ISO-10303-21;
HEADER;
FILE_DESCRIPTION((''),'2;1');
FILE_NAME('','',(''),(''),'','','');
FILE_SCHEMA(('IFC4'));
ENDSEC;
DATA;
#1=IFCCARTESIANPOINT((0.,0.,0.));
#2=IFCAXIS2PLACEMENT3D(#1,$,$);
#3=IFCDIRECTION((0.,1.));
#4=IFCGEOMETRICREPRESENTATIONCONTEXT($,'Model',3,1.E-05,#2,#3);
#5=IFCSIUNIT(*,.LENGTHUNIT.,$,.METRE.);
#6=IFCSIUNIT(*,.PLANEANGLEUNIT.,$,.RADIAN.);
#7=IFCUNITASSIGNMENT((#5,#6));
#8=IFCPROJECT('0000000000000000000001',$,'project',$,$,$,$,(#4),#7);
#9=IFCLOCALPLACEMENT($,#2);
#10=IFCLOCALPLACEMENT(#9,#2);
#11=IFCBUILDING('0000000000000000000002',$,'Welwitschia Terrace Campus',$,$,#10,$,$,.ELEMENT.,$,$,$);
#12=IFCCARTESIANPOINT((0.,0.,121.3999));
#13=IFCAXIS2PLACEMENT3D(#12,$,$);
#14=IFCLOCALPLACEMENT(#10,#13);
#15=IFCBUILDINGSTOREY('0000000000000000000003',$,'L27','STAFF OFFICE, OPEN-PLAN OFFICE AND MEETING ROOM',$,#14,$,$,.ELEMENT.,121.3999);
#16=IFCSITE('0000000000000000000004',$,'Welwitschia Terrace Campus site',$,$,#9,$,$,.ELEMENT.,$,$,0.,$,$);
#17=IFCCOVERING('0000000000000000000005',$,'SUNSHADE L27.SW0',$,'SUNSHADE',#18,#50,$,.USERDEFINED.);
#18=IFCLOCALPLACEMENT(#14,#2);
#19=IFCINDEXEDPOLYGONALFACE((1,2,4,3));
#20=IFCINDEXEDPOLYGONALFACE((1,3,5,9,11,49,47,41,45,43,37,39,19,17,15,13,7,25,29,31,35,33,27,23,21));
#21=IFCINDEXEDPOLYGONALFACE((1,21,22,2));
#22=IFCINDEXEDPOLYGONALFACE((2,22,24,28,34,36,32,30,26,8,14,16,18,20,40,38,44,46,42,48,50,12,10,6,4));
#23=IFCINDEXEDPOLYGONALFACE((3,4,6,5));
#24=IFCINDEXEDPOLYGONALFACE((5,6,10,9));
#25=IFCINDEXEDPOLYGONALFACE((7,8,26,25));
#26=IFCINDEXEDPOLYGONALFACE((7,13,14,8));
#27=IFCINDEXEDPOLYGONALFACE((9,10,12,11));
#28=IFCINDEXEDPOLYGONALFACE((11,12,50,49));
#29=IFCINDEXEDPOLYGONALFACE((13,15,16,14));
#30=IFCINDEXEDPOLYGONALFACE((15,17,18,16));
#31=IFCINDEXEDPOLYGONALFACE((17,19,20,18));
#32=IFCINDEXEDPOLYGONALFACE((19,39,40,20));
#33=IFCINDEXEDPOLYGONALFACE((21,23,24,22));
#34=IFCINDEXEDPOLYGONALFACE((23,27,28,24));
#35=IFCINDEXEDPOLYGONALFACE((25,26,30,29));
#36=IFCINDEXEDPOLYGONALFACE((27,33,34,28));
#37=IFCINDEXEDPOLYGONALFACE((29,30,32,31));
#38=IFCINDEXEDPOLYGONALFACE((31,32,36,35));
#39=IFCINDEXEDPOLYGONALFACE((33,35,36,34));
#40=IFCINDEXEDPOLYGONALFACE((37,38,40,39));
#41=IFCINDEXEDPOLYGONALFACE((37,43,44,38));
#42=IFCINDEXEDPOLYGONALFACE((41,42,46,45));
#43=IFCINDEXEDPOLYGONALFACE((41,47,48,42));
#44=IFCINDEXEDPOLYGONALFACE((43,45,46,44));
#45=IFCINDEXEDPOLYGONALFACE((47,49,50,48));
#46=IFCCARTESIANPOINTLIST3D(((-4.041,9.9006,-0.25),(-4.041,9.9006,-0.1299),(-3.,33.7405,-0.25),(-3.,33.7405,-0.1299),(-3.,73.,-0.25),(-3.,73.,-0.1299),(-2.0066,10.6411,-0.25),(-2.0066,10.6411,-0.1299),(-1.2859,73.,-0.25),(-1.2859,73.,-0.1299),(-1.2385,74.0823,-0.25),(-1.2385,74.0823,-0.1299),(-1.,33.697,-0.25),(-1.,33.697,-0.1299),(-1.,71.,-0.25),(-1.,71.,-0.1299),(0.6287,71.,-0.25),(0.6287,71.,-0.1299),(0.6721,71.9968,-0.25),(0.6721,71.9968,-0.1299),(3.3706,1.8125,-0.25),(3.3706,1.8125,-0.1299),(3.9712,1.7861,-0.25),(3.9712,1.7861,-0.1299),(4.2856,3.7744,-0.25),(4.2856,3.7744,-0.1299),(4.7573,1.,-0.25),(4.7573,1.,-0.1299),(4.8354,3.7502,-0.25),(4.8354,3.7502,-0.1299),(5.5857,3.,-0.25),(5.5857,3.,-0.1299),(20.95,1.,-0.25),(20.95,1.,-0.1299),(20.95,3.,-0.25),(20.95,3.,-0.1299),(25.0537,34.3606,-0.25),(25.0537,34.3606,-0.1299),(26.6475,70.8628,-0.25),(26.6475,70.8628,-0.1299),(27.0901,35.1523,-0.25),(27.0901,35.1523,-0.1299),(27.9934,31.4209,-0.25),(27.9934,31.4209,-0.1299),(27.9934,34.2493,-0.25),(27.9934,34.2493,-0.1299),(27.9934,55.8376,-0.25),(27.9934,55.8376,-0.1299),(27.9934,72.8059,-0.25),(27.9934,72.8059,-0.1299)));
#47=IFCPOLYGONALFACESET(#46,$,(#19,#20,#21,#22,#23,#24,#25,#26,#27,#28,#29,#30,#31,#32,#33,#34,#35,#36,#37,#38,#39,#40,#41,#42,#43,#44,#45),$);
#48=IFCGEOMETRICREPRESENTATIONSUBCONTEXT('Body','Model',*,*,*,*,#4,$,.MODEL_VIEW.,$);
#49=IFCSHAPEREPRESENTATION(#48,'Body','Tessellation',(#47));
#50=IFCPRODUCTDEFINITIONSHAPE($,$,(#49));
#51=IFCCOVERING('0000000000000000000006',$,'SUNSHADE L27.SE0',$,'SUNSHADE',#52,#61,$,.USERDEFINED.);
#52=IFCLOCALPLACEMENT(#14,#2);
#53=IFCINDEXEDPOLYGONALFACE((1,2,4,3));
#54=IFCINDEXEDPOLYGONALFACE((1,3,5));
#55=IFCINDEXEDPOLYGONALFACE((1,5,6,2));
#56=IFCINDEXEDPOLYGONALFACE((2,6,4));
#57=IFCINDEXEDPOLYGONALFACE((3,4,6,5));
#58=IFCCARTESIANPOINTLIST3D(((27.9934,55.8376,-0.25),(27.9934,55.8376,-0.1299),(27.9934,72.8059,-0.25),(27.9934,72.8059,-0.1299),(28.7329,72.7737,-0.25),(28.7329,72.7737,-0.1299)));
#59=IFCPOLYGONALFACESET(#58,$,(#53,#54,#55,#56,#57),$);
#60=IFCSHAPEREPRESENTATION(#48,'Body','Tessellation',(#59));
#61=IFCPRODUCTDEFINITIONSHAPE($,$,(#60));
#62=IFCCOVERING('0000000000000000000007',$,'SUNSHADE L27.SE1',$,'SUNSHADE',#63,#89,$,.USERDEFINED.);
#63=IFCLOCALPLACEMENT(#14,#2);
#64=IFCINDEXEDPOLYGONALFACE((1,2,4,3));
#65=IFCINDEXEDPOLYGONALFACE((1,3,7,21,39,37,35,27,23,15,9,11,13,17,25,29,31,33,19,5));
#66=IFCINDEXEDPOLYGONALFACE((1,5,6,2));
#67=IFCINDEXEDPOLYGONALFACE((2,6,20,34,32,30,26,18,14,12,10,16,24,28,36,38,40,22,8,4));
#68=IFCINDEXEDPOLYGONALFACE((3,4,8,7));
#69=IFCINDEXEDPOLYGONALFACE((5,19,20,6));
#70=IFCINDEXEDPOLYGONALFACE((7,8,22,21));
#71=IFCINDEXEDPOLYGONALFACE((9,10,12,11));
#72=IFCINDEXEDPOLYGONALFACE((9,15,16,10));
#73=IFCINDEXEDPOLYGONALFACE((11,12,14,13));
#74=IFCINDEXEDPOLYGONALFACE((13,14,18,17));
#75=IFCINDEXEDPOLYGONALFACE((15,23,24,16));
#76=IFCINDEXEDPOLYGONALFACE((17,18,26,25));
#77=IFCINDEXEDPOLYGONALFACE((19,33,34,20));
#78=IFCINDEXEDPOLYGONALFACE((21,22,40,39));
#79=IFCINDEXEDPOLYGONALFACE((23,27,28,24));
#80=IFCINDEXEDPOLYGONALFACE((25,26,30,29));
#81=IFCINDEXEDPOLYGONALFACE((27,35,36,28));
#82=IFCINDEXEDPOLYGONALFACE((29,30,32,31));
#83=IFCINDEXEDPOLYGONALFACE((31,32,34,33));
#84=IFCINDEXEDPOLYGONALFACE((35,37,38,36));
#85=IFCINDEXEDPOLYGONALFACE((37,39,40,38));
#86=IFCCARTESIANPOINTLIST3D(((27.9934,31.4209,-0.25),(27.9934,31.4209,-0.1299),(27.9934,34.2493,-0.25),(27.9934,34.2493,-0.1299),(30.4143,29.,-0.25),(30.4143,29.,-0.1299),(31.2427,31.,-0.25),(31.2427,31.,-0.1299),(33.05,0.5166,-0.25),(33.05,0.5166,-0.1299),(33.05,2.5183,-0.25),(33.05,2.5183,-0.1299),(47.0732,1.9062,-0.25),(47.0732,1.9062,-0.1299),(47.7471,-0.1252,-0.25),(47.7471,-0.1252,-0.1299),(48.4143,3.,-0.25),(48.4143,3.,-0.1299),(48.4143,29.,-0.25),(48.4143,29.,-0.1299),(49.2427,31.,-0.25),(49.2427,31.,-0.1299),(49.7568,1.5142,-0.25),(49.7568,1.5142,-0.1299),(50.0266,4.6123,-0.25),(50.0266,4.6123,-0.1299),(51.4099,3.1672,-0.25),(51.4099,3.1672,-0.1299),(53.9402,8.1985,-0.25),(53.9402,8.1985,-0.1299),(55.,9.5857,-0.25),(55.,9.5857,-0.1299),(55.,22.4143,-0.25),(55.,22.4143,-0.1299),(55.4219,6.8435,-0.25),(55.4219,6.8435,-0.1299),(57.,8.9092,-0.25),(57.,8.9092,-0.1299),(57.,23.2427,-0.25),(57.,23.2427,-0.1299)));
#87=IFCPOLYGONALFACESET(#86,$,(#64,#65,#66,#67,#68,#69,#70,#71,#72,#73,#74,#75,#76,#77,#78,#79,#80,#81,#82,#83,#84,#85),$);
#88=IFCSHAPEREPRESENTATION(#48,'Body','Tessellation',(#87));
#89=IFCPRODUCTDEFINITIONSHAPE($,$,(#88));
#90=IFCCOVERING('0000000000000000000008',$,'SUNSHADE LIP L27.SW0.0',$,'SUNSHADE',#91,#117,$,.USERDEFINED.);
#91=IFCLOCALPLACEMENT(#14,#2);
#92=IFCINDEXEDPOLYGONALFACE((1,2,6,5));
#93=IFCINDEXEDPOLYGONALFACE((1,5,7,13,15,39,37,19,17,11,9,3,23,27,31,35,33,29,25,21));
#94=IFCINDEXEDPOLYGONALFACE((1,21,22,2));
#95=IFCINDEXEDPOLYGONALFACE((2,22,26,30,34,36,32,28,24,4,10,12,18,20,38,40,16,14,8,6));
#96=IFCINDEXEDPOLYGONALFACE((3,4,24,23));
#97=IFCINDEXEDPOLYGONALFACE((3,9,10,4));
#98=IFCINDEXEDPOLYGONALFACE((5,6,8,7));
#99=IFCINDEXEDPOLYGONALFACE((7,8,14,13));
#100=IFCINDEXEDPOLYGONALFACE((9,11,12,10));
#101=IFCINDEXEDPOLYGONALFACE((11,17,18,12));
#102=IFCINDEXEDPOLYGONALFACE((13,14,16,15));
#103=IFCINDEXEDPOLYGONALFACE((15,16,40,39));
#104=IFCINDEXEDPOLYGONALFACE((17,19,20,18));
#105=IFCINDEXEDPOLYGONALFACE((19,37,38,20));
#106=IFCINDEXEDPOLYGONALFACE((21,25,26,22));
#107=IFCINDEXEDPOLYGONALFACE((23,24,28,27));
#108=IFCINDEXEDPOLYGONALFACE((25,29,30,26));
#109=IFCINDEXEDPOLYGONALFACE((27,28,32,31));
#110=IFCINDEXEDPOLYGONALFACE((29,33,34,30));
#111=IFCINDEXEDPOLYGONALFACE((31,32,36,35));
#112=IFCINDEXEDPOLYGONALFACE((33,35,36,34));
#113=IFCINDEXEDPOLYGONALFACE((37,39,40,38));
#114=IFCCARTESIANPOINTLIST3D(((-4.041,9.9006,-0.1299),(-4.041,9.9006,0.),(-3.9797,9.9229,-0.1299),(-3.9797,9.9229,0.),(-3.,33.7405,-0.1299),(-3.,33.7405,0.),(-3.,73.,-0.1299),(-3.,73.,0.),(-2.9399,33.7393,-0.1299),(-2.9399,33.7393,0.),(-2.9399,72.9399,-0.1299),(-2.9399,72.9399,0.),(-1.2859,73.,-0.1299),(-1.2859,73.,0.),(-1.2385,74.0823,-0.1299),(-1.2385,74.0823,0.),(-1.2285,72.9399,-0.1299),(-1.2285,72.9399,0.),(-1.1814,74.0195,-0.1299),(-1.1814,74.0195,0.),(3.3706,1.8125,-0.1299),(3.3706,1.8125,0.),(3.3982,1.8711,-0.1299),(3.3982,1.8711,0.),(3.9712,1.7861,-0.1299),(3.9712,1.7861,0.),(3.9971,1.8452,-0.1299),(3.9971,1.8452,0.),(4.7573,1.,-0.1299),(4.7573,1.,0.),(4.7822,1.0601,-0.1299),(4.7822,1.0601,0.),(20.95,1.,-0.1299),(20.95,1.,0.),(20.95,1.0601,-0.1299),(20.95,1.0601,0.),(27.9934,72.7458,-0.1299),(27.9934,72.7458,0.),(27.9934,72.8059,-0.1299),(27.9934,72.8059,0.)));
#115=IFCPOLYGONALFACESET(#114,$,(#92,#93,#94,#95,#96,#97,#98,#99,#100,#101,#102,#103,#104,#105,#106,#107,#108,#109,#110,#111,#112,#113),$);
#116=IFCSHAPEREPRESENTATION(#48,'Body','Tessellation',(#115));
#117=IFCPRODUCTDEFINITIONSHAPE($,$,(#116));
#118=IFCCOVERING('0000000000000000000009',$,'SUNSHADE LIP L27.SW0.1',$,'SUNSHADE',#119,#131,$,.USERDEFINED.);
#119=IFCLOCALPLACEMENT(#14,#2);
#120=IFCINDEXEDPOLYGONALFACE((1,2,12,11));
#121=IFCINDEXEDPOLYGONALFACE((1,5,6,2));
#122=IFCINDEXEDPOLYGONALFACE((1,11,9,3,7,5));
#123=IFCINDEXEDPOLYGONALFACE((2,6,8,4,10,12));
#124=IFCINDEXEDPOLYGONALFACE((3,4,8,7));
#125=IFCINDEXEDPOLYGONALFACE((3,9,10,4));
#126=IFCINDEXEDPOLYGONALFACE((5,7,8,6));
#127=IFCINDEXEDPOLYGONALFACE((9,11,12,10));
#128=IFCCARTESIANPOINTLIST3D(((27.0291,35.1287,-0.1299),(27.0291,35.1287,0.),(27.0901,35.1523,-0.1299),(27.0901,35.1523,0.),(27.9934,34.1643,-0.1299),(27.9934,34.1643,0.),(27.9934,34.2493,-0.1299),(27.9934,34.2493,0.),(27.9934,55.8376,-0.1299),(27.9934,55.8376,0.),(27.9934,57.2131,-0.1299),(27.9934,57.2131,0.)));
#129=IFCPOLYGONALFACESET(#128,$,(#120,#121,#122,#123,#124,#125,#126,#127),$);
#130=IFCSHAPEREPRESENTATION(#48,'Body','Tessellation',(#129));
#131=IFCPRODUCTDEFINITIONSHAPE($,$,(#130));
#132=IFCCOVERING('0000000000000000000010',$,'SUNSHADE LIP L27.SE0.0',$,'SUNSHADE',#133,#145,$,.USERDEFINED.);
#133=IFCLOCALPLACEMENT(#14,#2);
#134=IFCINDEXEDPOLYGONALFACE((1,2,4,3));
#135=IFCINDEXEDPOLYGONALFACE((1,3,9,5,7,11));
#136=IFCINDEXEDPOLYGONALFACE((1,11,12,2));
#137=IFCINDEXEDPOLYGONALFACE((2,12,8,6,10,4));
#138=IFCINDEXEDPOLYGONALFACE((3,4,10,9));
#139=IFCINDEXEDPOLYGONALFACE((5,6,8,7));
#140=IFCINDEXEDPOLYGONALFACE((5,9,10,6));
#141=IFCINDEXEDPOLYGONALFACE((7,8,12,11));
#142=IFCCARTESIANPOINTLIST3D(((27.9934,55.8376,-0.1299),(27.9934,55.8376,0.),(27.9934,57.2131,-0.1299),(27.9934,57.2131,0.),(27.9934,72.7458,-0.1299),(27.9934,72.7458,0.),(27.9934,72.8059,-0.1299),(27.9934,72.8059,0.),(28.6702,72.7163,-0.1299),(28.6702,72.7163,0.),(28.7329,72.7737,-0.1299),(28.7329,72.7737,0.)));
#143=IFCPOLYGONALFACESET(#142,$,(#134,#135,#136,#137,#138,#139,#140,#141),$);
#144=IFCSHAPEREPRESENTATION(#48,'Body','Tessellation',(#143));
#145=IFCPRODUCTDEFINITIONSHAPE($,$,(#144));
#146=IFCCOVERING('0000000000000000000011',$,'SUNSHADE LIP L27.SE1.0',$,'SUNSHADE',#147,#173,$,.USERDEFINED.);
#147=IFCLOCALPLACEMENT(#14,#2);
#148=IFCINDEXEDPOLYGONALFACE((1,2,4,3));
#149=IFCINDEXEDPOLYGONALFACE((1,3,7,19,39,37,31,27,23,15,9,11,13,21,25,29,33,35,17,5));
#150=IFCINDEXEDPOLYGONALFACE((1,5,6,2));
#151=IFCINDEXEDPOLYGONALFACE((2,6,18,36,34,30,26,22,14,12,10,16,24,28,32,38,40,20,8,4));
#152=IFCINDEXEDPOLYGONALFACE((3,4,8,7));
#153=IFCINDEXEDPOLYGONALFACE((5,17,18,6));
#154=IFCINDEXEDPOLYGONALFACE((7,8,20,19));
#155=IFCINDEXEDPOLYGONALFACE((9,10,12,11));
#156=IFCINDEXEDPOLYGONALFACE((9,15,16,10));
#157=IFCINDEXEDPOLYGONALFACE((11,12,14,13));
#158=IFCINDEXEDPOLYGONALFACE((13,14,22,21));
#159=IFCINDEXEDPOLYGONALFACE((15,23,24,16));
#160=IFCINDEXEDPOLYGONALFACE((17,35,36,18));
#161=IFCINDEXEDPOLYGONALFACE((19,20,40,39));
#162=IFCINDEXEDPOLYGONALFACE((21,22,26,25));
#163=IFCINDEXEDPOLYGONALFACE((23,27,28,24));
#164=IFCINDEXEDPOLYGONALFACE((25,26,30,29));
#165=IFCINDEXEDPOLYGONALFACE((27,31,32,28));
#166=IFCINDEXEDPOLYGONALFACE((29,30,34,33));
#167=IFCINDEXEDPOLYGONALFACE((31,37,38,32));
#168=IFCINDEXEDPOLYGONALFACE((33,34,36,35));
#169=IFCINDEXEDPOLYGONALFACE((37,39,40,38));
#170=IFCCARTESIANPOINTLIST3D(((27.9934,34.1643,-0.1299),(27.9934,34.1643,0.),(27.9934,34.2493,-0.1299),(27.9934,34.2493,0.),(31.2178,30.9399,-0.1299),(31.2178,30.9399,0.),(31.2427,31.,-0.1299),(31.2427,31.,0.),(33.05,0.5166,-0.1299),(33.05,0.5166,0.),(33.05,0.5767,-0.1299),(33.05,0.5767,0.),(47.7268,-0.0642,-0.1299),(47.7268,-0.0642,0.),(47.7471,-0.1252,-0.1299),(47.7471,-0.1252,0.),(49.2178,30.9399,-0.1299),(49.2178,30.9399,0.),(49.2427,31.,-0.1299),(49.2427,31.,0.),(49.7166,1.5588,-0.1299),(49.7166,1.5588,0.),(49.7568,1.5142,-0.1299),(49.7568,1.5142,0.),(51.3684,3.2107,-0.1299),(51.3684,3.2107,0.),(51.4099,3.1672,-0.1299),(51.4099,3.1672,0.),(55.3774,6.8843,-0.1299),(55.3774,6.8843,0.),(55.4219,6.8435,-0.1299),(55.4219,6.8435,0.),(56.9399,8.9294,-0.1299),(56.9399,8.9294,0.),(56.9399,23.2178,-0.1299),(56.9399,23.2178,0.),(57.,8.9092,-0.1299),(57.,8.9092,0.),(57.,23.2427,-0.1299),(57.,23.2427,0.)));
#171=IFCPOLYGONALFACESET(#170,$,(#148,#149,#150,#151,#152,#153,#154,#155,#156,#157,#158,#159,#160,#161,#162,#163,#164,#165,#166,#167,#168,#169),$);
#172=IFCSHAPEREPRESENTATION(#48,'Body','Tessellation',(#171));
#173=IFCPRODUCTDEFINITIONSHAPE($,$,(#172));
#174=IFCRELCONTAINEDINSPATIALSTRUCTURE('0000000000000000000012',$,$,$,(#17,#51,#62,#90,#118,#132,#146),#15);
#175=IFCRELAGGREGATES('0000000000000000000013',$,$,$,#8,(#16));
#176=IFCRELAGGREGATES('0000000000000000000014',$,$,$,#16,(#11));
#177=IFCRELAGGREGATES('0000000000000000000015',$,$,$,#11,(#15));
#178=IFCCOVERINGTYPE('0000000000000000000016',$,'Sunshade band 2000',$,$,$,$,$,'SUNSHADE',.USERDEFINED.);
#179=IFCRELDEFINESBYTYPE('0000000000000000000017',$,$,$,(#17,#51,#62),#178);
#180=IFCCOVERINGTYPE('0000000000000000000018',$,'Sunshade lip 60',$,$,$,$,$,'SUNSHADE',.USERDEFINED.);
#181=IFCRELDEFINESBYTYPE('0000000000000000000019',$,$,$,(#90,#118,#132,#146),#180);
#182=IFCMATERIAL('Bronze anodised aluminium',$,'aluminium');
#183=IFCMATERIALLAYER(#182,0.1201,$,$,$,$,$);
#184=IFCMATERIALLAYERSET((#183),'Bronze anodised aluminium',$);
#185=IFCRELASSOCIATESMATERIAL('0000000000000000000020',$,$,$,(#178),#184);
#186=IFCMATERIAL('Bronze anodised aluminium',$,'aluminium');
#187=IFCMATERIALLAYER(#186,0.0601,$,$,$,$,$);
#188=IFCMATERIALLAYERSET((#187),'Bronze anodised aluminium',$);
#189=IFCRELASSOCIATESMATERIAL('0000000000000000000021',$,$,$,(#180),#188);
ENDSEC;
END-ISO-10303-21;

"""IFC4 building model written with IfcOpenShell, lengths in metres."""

from ifc_helpers import new_model, si_unit, direction, frame, origin, place, context, subcontext, project, spatial, polyline, outline, extrude, material, layer, layer_set, type_object, element, save


model = new_model("IFC4")

# Units and contexts
model_context = context("Model", 3, precision=1e-05, world=origin(), true_north=direction((0.0, 1.0)))
body_context = subcontext(model_context, "Body", "Model", "MODEL_VIEW")
ifc_project = project(units=[si_unit("LENGTHUNIT", "METRE"), si_unit("PLANEANGLEUNIT", "RADIAN")], contexts=[model_context])

# Site, building, storey
site_placement = place(None, origin())
site = spatial("IfcSite", under=ifc_project, at=site_placement, Name="Welwitschia Terrace Campus site", CompositionType="ELEMENT", RefElevation=0.0)
building_placement = place(site_placement, origin())
building = spatial("IfcBuilding", under=site, at=building_placement, Name="Welwitschia Terrace Campus", CompositionType="ELEMENT")
storey_placement = place(building_placement, frame((0.0, 0.0, 121.3999)))
storey = spatial("IfcBuildingStorey", under=building, at=storey_placement, Name="L27", Description="STAFF OFFICE, OPEN-PLAN OFFICE AND MEETING ROOM", CompositionType="ELEMENT", Elevation=121.3999)

# Coverings
ifc_material_1 = material(Name="Bronze anodised aluminium", Category="aluminium")
ifc_layer_1 = layer(ifc_material_1, 0.1201)
ifc_layer_set_1 = layer_set([ifc_layer_1], Name="Bronze anodised aluminium")
covering_type_1 = type_object("IfcCoveringType", Name="Sunshade band 2000", ElementType="SUNSHADE", PredefinedType="USERDEFINED", material=ifc_layer_set_1)
covering_1_placement = place(storey_placement, frame((0.0, 0.0, -0.25)))
element("IfcCovering", 1, at=covering_1_placement, inside=storey, type_object=covering_type_1, Name="SUNSHADE L27.SW0", ObjectType="SUNSHADE", PredefinedType="USERDEFINED", context=body_context, shape_type="SweptSolid", body=[
    extrude(outline(polyline([(-1.2385, 74.0823), (27.9934, 72.8059), (27.9934, 55.8376), (27.0901, 35.1523), (27.9934, 34.2493), (27.9934, 31.4209), (25.0537, 34.3606), (26.6475, 70.8628), (0.6721, 71.9968), (0.6287, 71.0), (-1.0, 71.0), (-1.0, 33.697), (-2.0066, 10.6411), (4.2856, 3.7744), (4.8354, 3.7502), (5.5857, 3.0), (20.95, 3.0), (20.95, 1.0), (4.7573, 1.0), (3.9712, 1.7861), (3.3706, 1.8125), (-4.041, 9.9006), (-3.0, 33.7405), (-3.0, 73.0), (-1.2859, 73.0), (-1.2385, 74.0823)])), origin(), (0.0, 0.0, 1.0), 0.1201),
])
covering_2_placement = place(storey_placement, frame((0.0, 0.0, -0.25)))
element("IfcCovering", 2, at=covering_2_placement, inside=storey, type_object=covering_type_1, Name="SUNSHADE L27.SE0", ObjectType="SUNSHADE", PredefinedType="USERDEFINED", context=body_context, shape_type="SweptSolid", body=[
    extrude(outline(polyline([(28.7329, 72.7737), (27.9934, 55.8376), (27.9934, 72.8059), (28.7329, 72.7737)])), origin(), (0.0, 0.0, 1.0), 0.1201),
])
covering_3_placement = place(storey_placement, frame((0.0, 0.0, -0.25)))
element("IfcCovering", 3, at=covering_3_placement, inside=storey, type_object=covering_type_1, Name="SUNSHADE L27.SE1", ObjectType="SUNSHADE", PredefinedType="USERDEFINED", context=body_context, shape_type="SweptSolid", body=[
    extrude(outline(polyline([(31.2427, 31.0), (49.2427, 31.0), (57.0, 23.2427), (57.0, 8.9092), (55.4219, 6.8435), (51.4099, 3.1672), (49.7568, 1.5142), (47.7471, -0.1252), (33.05, 0.5166), (33.05, 2.5183), (47.0732, 1.9062), (48.4143, 3.0), (50.0266, 4.6123), (53.9402, 8.1985), (55.0, 9.5857), (55.0, 22.4143), (48.4143, 29.0), (30.4143, 29.0), (27.9934, 31.4209), (27.9934, 34.2493), (31.2427, 31.0)])), origin(), (0.0, 0.0, 1.0), 0.1201),
])
ifc_material_2 = material(Name="Bronze anodised aluminium", Category="aluminium")
ifc_layer_2 = layer(ifc_material_2, 0.0601)
ifc_layer_set_2 = layer_set([ifc_layer_2], Name="Bronze anodised aluminium")
covering_type_2 = type_object("IfcCoveringType", Name="Sunshade lip 60", ElementType="SUNSHADE", PredefinedType="USERDEFINED", material=ifc_layer_set_2)
covering_4_placement = place(storey_placement, frame((0.0, 0.0, -0.1299)))
element("IfcCovering", 4, at=covering_4_placement, inside=storey, type_object=covering_type_2, Name="SUNSHADE LIP L27.SW0.0", ObjectType="SUNSHADE", PredefinedType="USERDEFINED", context=body_context, shape_type="SweptSolid", body=[
    extrude(outline(polyline([(27.9934, 72.8059), (27.9934, 72.7458), (-1.1814, 74.0195), (-1.2285, 72.9399), (-2.9399, 72.9399), (-2.9399, 33.7393), (-3.9797, 9.9229), (3.3982, 1.8711), (3.9971, 1.8452), (4.7822, 1.0601), (20.95, 1.0601), (20.95, 1.0), (4.7573, 1.0), (3.9712, 1.7861), (3.3706, 1.8125), (-4.041, 9.9006), (-3.0, 33.7405), (-3.0, 73.0), (-1.2859, 73.0), (-1.2385, 74.0823), (27.9934, 72.8059)])), origin(), (0.0, 0.0, 1.0), 0.1299),
])
covering_5_placement = place(storey_placement, frame((0.0, 0.0, -0.1299)))
element("IfcCovering", 5, at=covering_5_placement, inside=storey, type_object=covering_type_2, Name="SUNSHADE LIP L27.SW0.1", ObjectType="SUNSHADE", PredefinedType="USERDEFINED", context=body_context, shape_type="SweptSolid", body=[
    extrude(outline(polyline([(27.9934, 55.8376), (27.0901, 35.1523), (27.9934, 34.2493), (27.9934, 34.1643), (27.0291, 35.1287), (27.9934, 57.2131), (27.9934, 55.8376)])), origin(), (0.0, 0.0, 1.0), 0.1299),
])
covering_6_placement = place(storey_placement, frame((0.0, 0.0, -0.1299)))
element("IfcCovering", 6, at=covering_6_placement, inside=storey, type_object=covering_type_2, Name="SUNSHADE LIP L27.SE0.0", ObjectType="SUNSHADE", PredefinedType="USERDEFINED", context=body_context, shape_type="SweptSolid", body=[
    extrude(outline(polyline([(27.9934, 55.8376), (27.9934, 57.2131), (28.6702, 72.7163), (27.9934, 72.7458), (27.9934, 72.8059), (28.7329, 72.7737), (27.9934, 55.8376)])), origin(), (0.0, 0.0, 1.0), 0.1299),
])
covering_7_placement = place(storey_placement, frame((0.0, 0.0, -0.1299)))
element("IfcCovering", 7, at=covering_7_placement, inside=storey, type_object=covering_type_2, Name="SUNSHADE LIP L27.SE1.0", ObjectType="SUNSHADE", PredefinedType="USERDEFINED", context=body_context, shape_type="SweptSolid", body=[
    extrude(outline(polyline([(49.2427, 31.0), (57.0, 23.2427), (57.0, 8.9092), (55.4219, 6.8435), (51.4099, 3.1672), (49.7568, 1.5142), (47.7471, -0.1252), (33.05, 0.5166), (33.05, 0.5767), (47.7268, -0.0642), (49.7166, 1.5588), (51.3684, 3.2107), (55.3774, 6.8843), (56.9399, 8.9294), (56.9399, 23.2178), (49.2178, 30.9399), (31.2178, 30.9399), (27.9934, 34.1643), (27.9934, 34.2493), (31.2427, 31.0), (49.2427, 31.0)])), origin(), (0.0, 0.0, 1.0), 0.1299),
])

save(model, "model.ifc")
